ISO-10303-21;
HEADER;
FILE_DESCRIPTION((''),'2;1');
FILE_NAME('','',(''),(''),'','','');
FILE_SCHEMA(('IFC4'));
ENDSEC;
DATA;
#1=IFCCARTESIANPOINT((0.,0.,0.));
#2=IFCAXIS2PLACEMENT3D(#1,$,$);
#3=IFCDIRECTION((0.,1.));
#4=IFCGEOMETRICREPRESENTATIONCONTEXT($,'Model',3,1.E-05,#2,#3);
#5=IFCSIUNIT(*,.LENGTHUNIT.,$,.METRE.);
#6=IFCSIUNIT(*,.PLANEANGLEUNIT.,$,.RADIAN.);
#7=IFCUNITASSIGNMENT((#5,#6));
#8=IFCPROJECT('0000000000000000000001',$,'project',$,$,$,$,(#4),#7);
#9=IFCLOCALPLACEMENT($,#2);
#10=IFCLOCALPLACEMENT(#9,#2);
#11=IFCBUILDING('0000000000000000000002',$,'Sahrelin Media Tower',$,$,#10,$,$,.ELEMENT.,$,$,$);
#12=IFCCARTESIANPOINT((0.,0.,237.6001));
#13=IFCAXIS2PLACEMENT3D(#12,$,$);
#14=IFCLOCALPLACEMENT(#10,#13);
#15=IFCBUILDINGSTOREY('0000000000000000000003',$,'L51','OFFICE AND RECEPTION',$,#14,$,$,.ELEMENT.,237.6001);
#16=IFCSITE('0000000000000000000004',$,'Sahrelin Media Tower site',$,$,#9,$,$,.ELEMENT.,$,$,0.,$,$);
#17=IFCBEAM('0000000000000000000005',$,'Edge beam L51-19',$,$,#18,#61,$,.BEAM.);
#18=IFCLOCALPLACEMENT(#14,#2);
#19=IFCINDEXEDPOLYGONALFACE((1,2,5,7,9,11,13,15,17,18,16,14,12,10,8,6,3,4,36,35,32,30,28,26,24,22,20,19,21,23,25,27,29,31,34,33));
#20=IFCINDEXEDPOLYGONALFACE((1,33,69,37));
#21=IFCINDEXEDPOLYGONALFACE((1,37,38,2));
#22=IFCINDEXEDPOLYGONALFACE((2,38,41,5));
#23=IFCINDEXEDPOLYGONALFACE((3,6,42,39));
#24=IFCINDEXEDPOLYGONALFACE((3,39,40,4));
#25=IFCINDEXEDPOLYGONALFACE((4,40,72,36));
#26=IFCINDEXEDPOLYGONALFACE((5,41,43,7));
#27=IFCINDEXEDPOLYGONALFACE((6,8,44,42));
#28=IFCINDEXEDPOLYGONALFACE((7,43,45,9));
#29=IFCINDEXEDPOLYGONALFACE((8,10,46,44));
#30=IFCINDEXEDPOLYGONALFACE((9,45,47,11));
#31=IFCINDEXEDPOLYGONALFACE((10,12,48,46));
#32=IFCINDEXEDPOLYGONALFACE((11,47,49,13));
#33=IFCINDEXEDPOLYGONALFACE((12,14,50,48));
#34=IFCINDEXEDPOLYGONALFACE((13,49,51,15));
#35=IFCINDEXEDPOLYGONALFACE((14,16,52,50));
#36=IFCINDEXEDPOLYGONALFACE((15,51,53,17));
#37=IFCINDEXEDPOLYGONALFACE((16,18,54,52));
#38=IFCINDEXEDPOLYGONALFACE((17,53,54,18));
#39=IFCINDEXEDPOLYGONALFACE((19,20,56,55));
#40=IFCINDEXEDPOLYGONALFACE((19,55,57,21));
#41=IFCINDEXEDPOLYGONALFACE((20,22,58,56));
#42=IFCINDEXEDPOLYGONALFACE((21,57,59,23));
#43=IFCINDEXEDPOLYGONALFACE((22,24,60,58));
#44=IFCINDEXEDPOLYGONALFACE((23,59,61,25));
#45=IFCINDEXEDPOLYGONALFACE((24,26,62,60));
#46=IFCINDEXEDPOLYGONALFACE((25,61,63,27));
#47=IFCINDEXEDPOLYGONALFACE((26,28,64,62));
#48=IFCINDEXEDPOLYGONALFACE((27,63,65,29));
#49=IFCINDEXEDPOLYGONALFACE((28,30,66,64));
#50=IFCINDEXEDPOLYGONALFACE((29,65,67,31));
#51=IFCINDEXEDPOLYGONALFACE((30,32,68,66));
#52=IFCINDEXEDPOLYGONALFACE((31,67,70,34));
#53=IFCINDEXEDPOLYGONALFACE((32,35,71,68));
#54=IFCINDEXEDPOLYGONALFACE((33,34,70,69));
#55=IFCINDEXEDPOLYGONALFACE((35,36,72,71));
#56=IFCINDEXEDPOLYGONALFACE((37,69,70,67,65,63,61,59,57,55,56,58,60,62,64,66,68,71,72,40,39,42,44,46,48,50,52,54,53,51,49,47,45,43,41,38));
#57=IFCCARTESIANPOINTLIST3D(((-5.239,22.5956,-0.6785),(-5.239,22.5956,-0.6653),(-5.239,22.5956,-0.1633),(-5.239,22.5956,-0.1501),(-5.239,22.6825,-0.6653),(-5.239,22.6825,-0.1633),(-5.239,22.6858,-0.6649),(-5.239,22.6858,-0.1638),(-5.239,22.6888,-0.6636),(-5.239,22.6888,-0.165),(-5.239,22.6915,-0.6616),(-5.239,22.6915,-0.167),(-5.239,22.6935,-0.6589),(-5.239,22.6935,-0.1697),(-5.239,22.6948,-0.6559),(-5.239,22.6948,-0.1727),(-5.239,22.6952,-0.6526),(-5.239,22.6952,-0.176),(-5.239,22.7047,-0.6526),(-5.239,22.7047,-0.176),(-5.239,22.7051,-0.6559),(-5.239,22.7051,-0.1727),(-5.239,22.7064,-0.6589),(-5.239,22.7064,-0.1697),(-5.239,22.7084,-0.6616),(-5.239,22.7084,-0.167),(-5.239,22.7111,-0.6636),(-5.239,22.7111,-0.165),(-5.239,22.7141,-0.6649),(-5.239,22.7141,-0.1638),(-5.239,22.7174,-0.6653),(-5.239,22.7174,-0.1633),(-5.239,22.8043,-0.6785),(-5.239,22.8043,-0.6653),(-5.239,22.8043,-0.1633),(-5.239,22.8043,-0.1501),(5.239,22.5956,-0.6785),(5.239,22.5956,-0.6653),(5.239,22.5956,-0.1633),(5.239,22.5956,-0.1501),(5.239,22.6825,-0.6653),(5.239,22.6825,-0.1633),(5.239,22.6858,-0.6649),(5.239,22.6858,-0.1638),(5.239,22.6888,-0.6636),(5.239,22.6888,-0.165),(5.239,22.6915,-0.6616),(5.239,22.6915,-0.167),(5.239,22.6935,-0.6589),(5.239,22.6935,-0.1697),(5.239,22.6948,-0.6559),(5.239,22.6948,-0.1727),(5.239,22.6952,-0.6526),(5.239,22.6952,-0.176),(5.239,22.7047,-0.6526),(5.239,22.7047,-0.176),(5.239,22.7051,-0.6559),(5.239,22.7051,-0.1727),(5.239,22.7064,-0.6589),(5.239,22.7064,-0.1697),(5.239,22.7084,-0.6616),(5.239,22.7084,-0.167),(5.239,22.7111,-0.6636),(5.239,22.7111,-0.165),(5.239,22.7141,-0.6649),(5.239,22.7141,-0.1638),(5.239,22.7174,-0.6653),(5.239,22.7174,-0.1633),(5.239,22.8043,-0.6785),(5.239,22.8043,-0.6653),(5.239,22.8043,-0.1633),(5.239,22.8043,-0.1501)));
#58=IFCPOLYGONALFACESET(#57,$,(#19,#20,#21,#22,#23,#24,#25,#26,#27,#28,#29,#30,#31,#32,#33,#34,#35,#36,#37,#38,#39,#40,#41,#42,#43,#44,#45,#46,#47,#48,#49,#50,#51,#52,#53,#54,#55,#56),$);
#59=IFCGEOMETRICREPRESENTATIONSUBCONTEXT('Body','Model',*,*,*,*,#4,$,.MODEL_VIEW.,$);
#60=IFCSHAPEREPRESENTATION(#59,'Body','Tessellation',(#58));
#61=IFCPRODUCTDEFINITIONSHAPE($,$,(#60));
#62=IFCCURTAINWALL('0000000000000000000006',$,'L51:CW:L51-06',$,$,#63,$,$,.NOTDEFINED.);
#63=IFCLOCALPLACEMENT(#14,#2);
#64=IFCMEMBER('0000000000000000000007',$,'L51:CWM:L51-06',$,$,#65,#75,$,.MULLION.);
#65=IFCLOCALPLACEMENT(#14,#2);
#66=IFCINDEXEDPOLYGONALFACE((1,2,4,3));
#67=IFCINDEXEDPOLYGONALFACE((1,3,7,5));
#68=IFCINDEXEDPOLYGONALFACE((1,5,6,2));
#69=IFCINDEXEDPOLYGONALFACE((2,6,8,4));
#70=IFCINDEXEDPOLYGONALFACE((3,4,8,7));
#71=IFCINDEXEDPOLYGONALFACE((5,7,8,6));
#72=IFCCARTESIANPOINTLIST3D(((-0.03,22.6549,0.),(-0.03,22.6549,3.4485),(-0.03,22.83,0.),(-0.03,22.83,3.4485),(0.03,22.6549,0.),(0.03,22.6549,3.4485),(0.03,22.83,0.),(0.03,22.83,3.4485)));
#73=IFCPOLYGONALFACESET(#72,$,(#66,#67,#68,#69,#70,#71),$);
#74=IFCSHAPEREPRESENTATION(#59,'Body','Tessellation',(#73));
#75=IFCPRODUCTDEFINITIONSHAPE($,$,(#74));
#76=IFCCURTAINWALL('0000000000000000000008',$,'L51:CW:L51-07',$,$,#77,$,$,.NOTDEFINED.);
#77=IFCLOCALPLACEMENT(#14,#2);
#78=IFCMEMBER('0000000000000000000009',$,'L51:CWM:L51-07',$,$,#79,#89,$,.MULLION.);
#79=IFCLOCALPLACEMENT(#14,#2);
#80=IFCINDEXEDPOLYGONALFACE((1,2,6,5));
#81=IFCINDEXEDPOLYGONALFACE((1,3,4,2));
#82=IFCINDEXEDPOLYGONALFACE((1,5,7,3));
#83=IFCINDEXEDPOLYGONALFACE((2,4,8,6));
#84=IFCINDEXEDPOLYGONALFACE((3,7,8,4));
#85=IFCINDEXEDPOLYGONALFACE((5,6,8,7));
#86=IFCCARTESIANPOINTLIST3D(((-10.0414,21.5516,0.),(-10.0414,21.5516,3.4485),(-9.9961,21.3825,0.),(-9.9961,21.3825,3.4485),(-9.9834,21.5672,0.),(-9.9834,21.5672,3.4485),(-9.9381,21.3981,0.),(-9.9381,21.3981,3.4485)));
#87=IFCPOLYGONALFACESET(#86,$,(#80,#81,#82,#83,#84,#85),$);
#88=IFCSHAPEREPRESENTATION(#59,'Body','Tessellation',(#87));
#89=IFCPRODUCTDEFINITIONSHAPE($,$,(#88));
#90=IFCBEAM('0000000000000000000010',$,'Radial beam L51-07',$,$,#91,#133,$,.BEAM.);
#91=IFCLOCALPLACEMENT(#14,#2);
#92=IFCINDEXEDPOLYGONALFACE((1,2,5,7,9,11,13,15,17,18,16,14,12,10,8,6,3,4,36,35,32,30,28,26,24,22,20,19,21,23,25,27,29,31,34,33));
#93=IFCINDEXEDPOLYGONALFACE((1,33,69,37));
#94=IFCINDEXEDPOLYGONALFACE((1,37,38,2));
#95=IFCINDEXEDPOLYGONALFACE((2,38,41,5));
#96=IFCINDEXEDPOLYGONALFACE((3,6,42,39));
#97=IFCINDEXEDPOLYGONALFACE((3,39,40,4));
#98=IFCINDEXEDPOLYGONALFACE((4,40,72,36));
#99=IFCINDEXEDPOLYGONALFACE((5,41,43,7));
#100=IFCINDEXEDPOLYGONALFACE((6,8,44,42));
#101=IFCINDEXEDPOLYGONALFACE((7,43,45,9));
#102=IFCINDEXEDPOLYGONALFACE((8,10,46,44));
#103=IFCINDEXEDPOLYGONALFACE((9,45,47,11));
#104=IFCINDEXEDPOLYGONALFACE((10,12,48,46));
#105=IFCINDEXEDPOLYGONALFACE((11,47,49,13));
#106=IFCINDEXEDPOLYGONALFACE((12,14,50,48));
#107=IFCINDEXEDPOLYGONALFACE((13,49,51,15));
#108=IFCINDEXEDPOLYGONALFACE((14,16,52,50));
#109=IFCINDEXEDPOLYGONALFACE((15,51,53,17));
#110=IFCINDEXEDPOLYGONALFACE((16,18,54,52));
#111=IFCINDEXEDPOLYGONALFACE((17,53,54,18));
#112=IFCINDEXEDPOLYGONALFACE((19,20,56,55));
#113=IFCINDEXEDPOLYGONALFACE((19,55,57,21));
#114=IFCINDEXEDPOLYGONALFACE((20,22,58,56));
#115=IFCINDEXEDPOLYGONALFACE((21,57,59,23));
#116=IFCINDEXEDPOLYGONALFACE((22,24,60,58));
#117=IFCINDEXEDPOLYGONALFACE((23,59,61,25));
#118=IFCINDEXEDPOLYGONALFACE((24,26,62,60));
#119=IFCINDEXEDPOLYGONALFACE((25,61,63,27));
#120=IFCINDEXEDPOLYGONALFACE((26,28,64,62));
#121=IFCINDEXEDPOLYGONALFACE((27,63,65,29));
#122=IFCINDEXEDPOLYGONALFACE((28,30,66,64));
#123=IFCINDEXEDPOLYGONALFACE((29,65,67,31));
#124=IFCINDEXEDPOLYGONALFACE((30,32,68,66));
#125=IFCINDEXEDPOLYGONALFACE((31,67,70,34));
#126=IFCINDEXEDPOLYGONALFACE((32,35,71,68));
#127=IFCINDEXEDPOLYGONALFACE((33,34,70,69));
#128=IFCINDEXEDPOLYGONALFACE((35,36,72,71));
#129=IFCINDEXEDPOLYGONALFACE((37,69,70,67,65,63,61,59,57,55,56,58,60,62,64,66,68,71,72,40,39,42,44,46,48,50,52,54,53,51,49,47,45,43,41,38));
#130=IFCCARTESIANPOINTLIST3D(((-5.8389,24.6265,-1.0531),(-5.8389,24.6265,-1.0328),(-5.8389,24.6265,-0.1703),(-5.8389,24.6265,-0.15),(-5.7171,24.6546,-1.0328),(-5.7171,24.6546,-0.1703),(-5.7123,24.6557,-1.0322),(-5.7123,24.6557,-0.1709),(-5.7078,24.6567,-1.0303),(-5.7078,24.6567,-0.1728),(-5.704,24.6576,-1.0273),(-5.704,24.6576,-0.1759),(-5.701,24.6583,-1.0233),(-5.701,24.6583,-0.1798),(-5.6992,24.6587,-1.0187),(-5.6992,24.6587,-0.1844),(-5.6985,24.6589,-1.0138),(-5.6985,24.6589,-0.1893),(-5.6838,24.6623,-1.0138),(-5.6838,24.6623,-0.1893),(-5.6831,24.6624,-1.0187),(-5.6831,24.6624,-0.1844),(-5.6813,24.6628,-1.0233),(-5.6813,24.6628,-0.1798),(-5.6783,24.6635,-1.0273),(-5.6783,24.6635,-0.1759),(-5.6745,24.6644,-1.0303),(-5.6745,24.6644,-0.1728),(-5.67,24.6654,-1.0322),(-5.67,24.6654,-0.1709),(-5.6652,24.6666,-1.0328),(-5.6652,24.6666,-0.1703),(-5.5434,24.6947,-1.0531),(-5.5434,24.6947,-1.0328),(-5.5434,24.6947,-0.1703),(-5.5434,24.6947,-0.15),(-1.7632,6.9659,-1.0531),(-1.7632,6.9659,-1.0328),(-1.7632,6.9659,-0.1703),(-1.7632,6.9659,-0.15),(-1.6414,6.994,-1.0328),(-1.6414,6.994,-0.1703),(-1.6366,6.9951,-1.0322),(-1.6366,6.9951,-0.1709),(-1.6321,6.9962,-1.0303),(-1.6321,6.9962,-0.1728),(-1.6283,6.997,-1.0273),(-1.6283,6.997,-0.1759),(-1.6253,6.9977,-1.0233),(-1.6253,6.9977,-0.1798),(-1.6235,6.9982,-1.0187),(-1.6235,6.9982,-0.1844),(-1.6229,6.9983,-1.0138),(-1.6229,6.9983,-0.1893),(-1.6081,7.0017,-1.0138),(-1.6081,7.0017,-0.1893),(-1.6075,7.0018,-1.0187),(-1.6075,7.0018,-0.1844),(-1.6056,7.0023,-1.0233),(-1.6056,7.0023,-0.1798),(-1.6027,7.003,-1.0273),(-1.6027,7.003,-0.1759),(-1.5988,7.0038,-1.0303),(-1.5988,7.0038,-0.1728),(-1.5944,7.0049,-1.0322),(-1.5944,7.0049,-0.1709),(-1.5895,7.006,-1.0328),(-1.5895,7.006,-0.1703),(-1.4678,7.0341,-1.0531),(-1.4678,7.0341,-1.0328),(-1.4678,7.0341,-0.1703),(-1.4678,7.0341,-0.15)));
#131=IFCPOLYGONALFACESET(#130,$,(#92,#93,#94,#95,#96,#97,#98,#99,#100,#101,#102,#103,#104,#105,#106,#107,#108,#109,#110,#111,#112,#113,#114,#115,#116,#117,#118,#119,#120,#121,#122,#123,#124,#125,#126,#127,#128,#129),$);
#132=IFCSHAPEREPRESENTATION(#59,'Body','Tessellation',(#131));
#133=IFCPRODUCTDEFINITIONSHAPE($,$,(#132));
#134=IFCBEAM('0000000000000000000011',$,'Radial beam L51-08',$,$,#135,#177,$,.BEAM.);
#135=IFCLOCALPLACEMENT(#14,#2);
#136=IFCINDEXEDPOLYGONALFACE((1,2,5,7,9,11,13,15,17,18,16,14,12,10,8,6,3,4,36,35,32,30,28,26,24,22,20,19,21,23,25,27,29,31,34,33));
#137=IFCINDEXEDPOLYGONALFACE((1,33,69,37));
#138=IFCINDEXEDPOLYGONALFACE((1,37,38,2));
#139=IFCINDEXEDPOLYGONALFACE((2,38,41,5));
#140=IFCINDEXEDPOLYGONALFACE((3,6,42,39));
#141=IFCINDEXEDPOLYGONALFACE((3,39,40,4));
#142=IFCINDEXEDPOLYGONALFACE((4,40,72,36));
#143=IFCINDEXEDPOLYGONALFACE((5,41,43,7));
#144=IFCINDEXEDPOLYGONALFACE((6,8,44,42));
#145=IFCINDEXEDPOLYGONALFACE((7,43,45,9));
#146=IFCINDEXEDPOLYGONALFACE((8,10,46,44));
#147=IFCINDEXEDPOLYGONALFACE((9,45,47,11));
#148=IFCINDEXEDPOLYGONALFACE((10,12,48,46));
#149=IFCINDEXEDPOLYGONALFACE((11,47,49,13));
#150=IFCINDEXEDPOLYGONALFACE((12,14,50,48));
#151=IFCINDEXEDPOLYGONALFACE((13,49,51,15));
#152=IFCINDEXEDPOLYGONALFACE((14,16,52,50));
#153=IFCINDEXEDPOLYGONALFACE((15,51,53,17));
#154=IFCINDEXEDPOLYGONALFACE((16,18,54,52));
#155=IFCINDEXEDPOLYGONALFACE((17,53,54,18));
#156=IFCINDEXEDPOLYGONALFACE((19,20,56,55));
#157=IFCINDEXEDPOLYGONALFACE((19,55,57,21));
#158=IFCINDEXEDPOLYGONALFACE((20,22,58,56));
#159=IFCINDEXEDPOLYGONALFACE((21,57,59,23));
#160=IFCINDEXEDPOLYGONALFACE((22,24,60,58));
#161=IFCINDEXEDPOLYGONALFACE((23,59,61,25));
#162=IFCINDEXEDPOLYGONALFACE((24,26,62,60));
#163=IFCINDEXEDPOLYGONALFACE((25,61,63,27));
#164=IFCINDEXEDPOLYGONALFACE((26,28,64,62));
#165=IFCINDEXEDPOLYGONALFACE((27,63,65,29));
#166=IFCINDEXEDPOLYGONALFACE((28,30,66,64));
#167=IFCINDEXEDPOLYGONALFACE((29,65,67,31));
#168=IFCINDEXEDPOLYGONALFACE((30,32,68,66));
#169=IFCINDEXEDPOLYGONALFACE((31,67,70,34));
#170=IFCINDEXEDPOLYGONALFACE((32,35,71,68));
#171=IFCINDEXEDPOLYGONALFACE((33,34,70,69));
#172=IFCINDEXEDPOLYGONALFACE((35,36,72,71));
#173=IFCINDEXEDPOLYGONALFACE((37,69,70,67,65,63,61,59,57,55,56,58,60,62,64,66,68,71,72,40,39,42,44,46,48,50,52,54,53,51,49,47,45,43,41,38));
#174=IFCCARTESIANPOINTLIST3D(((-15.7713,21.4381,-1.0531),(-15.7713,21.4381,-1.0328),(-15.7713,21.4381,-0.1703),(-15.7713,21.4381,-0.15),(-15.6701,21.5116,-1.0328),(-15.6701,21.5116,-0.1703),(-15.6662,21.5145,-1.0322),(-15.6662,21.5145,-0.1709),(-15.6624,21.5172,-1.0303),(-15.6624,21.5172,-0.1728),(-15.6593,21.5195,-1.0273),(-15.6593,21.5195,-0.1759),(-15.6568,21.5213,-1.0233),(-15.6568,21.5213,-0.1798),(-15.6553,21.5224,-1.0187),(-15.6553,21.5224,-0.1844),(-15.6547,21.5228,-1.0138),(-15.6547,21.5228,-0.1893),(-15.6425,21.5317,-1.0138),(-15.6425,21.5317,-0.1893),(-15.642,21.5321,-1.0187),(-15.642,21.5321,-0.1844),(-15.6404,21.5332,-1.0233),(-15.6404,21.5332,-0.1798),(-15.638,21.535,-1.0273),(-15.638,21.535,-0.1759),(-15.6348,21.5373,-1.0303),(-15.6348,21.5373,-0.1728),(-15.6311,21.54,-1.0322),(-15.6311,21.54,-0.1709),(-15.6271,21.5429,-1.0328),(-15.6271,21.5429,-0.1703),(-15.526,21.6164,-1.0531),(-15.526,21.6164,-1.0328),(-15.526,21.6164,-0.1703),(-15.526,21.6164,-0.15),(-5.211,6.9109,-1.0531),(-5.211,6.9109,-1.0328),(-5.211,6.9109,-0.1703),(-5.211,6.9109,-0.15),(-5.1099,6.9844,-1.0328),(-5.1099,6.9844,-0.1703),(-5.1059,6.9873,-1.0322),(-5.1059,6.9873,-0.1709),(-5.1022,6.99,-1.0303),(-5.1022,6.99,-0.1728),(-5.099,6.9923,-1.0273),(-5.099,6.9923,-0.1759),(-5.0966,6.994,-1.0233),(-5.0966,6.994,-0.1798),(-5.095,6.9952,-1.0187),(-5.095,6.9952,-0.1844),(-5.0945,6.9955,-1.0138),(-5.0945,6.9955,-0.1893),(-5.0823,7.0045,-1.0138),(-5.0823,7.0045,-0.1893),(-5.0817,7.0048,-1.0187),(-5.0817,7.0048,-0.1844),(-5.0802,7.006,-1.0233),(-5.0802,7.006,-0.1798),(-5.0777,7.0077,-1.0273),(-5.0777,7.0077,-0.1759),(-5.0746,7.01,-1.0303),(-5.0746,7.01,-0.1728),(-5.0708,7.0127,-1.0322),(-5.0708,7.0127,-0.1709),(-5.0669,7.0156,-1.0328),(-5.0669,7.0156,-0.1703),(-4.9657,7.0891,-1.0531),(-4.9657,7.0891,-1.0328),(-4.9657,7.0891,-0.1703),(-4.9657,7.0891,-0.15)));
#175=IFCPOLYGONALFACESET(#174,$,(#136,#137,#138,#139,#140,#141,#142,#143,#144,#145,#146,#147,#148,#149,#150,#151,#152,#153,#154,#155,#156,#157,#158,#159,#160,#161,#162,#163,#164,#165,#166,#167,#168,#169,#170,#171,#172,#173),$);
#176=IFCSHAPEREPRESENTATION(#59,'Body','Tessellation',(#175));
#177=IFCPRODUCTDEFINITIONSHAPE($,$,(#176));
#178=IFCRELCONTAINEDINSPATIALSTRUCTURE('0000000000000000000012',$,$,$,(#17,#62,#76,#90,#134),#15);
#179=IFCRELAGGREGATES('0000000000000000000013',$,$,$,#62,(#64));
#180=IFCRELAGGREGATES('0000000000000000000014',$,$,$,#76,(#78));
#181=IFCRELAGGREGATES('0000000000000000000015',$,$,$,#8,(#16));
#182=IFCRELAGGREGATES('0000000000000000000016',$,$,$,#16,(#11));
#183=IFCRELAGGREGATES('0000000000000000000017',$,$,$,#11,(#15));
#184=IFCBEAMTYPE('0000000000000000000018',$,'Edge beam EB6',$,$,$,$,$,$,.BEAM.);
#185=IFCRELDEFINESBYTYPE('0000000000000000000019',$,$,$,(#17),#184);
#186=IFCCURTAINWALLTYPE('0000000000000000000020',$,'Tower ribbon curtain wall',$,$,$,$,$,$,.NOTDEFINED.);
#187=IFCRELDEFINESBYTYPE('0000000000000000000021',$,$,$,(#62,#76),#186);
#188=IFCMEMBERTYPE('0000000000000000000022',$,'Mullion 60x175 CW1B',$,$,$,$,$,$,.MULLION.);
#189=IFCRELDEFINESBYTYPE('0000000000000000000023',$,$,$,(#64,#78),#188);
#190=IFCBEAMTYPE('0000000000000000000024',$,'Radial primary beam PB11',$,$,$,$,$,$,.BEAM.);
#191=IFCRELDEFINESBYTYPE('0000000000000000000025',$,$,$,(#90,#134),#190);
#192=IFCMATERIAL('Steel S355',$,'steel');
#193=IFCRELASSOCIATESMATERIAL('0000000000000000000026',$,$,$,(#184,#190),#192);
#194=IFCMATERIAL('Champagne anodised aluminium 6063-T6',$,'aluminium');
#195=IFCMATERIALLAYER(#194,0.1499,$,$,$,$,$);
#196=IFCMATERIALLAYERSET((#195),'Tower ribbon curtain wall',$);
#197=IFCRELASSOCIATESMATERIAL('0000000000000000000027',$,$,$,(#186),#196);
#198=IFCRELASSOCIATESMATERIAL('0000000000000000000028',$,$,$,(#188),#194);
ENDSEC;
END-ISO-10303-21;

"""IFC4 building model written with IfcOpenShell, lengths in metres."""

from ifc_helpers import new_model, si_unit, direction, frame, origin, origin_2d, place, context, subcontext, project, spatial, rectangle, i_section, extrude, material, layer, layer_set, material_profile, profile_set, type_object, element, aggregate, save


model = new_model("IFC4")

# Units and contexts
model_context = context("Model", 3, precision=1e-05, world=origin(), true_north=direction((0.0, 1.0)))
body_context = subcontext(model_context, "Body", "Model", "MODEL_VIEW")
ifc_project = project(units=[si_unit("LENGTHUNIT", "METRE"), si_unit("PLANEANGLEUNIT", "RADIAN")], contexts=[model_context])

# Site, building, storey
site_placement = place(None, origin())
site = spatial("IfcSite", under=ifc_project, at=site_placement, Name="Sahrelin Media Tower site", CompositionType="ELEMENT", RefElevation=0.0)
building_placement = place(site_placement, origin())
building = spatial("IfcBuilding", under=site, at=building_placement, Name="Sahrelin Media Tower", CompositionType="ELEMENT")
storey_placement = place(building_placement, frame((0.0, 0.0, 237.6001)))
storey = spatial("IfcBuildingStorey", under=building, at=storey_placement, Name="L51", Description="OFFICE AND RECEPTION", CompositionType="ELEMENT", Elevation=237.6001)

# Beam
ifc_material_1 = material(Name="Steel S355", Category="steel")
ifc_material_profile_1 = material_profile(ifc_material_1, i_section(OverallWidth=0.2087, OverallDepth=0.5283, WebThickness=0.0095, FlangeThickness=0.0132, FilletRadius=0.0127, at=origin_2d()), Name="UB 533x210x82")
ifc_profile_set_1 = profile_set([ifc_material_profile_1], Name="Steel S355")
beam_type_1 = type_object("IfcBeamType", Name="Edge beam EB6", PredefinedType="BEAM", material=ifc_profile_set_1)
beam_1_placement = place(storey_placement, frame((-5.239, 22.7, -0.4143), z_axis=(1.0, 0.0, 0.0), x_axis=(0.0, 1.0, 0.0)))
element("IfcBeam", 1, at=beam_1_placement, inside=storey, type_object=beam_type_1, Name="Edge beam L51-19", PredefinedType="BEAM", context=body_context, shape_type="SweptSolid", body=[
    extrude(i_section(OverallWidth=0.2087, OverallDepth=0.5283, WebThickness=0.0095, FlangeThickness=0.0132, FilletRadius=0.0127, at=origin_2d()), origin(), (0.0, 0.0, 1.0), 10.478),
])

# Curtain walls, members
ifc_material_2 = material(Name="Champagne anodised aluminium 6063-T6", Category="aluminium")
ifc_layer_1 = layer(ifc_material_2, 0.1499)
ifc_layer_set_1 = layer_set([ifc_layer_1], Name="Tower ribbon curtain wall")
curtain_wall_type = type_object("IfcCurtainWallType", Name="Tower ribbon curtain wall", PredefinedType="NOTDEFINED", material=ifc_layer_set_1)
curtain_wall_1_placement = place(storey_placement, frame((0.0, 22.8501, 0.0), z_axis=(0.0, 0.0, 1.0), x_axis=(1.0, 0.0, 0.0)))
curtain_wall_1 = element("IfcCurtainWall", 2, at=curtain_wall_1_placement, inside=storey, type_object=curtain_wall_type, Name="L51:CW:L51-06", PredefinedType="NOTDEFINED")
ifc_material_profile_2 = material_profile(ifc_material_2, rectangle(XDim=0.0601, YDim=0.175, at=origin_2d()), Name="Mullion 60x175")
ifc_profile_set_2 = profile_set([ifc_material_profile_2], Name="Champagne anodised aluminium 6063-T6")
member_type_1 = type_object("IfcMemberType", Name="Mullion 60x175 CW1B", PredefinedType="MULLION", material=ifc_profile_set_2)
member_1_placement = place(storey_placement, frame((0.0, 22.7424, 0.0), z_axis=(0.0, 0.0, 1.0), x_axis=(-1.0, 0.0, 0.0)))
member_1 = element("IfcMember", 3, at=member_1_placement, type_object=member_type_1, Name="L51:CWM:L51-06", PredefinedType="MULLION", context=body_context, shape_type="SweptSolid", body=[
    extrude(rectangle(XDim=0.0601, YDim=0.175, at=origin_2d()), origin(), (0.0, 0.0, 1.0), 3.4485),
])
aggregate(curtain_wall_1, [member_1])
curtain_wall_2_placement = place(storey_placement, frame((-10.0176, 21.5786, 0.0), z_axis=(0.0, 0.0, 1.0), x_axis=(1.0, 0.0, 0.0)))
curtain_wall_2 = element("IfcCurtainWall", 4, at=curtain_wall_2_placement, inside=storey, type_object=curtain_wall_type, Name="L51:CW:L51-07", PredefinedType="NOTDEFINED")
member_2_placement = place(storey_placement, frame((-9.9897, 21.4749, 0.0), z_axis=(0.0, 0.0, 1.0), x_axis=(-0.965925, -0.258821, 0.0)))
member_2 = element("IfcMember", 5, at=member_2_placement, type_object=member_type_1, Name="L51:CWM:L51-07", PredefinedType="MULLION", context=body_context, shape_type="SweptSolid", body=[
    extrude(rectangle(XDim=0.0601, YDim=0.175, at=origin_2d()), origin(), (0.0, 0.0, 1.0), 3.4485),
])

# Beams
ifc_material_profile_3 = material_profile(ifc_material_1, i_section(OverallWidth=0.3032, OverallDepth=0.9031, WebThickness=0.0151, FlangeThickness=0.0203, FilletRadius=0.019, at=origin_2d()), Name="UB 914x305x201")
ifc_profile_set_3 = profile_set([ifc_material_profile_3], Name="Steel S355")
beam_type_2 = type_object("IfcBeamType", Name="Radial primary beam PB11", PredefinedType="BEAM", material=ifc_profile_set_3)
beam_2_placement = place(storey_placement, frame((-1.6155, 7.0, -0.6016), z_axis=(-0.224867, 0.974389, 0.0), x_axis=(-0.974389, -0.224867, 0.0)))
element("IfcBeam", 6, at=beam_2_placement, inside=storey, type_object=beam_type_2, Name="Radial beam L51-07", PredefinedType="BEAM", context=body_context, shape_type="SweptSolid", body=[
    extrude(i_section(OverallWidth=0.3032, OverallDepth=0.9031, WebThickness=0.0151, FlangeThickness=0.0203, FilletRadius=0.019, at=origin_2d()), origin(), (0.0, 0.0, 1.0), 18.1248),
])
beam_3_placement = place(storey_placement, frame((-5.0884, 7.0, -0.6016), z_axis=(-0.587988, 0.80887, 0.0), x_axis=(-0.80887, -0.587988, 0.0)))
element("IfcBeam", 7, at=beam_3_placement, inside=storey, type_object=beam_type_2, Name="Radial beam L51-08", PredefinedType="BEAM", context=body_context, shape_type="SweptSolid", body=[
    extrude(i_section(OverallWidth=0.3032, OverallDepth=0.9031, WebThickness=0.0151, FlangeThickness=0.0203, FilletRadius=0.019, at=origin_2d()), origin(), (0.0, 0.0, 1.0), 17.96),
])

aggregate(curtain_wall_2, [member_2])

save(model, "model.ifc")
